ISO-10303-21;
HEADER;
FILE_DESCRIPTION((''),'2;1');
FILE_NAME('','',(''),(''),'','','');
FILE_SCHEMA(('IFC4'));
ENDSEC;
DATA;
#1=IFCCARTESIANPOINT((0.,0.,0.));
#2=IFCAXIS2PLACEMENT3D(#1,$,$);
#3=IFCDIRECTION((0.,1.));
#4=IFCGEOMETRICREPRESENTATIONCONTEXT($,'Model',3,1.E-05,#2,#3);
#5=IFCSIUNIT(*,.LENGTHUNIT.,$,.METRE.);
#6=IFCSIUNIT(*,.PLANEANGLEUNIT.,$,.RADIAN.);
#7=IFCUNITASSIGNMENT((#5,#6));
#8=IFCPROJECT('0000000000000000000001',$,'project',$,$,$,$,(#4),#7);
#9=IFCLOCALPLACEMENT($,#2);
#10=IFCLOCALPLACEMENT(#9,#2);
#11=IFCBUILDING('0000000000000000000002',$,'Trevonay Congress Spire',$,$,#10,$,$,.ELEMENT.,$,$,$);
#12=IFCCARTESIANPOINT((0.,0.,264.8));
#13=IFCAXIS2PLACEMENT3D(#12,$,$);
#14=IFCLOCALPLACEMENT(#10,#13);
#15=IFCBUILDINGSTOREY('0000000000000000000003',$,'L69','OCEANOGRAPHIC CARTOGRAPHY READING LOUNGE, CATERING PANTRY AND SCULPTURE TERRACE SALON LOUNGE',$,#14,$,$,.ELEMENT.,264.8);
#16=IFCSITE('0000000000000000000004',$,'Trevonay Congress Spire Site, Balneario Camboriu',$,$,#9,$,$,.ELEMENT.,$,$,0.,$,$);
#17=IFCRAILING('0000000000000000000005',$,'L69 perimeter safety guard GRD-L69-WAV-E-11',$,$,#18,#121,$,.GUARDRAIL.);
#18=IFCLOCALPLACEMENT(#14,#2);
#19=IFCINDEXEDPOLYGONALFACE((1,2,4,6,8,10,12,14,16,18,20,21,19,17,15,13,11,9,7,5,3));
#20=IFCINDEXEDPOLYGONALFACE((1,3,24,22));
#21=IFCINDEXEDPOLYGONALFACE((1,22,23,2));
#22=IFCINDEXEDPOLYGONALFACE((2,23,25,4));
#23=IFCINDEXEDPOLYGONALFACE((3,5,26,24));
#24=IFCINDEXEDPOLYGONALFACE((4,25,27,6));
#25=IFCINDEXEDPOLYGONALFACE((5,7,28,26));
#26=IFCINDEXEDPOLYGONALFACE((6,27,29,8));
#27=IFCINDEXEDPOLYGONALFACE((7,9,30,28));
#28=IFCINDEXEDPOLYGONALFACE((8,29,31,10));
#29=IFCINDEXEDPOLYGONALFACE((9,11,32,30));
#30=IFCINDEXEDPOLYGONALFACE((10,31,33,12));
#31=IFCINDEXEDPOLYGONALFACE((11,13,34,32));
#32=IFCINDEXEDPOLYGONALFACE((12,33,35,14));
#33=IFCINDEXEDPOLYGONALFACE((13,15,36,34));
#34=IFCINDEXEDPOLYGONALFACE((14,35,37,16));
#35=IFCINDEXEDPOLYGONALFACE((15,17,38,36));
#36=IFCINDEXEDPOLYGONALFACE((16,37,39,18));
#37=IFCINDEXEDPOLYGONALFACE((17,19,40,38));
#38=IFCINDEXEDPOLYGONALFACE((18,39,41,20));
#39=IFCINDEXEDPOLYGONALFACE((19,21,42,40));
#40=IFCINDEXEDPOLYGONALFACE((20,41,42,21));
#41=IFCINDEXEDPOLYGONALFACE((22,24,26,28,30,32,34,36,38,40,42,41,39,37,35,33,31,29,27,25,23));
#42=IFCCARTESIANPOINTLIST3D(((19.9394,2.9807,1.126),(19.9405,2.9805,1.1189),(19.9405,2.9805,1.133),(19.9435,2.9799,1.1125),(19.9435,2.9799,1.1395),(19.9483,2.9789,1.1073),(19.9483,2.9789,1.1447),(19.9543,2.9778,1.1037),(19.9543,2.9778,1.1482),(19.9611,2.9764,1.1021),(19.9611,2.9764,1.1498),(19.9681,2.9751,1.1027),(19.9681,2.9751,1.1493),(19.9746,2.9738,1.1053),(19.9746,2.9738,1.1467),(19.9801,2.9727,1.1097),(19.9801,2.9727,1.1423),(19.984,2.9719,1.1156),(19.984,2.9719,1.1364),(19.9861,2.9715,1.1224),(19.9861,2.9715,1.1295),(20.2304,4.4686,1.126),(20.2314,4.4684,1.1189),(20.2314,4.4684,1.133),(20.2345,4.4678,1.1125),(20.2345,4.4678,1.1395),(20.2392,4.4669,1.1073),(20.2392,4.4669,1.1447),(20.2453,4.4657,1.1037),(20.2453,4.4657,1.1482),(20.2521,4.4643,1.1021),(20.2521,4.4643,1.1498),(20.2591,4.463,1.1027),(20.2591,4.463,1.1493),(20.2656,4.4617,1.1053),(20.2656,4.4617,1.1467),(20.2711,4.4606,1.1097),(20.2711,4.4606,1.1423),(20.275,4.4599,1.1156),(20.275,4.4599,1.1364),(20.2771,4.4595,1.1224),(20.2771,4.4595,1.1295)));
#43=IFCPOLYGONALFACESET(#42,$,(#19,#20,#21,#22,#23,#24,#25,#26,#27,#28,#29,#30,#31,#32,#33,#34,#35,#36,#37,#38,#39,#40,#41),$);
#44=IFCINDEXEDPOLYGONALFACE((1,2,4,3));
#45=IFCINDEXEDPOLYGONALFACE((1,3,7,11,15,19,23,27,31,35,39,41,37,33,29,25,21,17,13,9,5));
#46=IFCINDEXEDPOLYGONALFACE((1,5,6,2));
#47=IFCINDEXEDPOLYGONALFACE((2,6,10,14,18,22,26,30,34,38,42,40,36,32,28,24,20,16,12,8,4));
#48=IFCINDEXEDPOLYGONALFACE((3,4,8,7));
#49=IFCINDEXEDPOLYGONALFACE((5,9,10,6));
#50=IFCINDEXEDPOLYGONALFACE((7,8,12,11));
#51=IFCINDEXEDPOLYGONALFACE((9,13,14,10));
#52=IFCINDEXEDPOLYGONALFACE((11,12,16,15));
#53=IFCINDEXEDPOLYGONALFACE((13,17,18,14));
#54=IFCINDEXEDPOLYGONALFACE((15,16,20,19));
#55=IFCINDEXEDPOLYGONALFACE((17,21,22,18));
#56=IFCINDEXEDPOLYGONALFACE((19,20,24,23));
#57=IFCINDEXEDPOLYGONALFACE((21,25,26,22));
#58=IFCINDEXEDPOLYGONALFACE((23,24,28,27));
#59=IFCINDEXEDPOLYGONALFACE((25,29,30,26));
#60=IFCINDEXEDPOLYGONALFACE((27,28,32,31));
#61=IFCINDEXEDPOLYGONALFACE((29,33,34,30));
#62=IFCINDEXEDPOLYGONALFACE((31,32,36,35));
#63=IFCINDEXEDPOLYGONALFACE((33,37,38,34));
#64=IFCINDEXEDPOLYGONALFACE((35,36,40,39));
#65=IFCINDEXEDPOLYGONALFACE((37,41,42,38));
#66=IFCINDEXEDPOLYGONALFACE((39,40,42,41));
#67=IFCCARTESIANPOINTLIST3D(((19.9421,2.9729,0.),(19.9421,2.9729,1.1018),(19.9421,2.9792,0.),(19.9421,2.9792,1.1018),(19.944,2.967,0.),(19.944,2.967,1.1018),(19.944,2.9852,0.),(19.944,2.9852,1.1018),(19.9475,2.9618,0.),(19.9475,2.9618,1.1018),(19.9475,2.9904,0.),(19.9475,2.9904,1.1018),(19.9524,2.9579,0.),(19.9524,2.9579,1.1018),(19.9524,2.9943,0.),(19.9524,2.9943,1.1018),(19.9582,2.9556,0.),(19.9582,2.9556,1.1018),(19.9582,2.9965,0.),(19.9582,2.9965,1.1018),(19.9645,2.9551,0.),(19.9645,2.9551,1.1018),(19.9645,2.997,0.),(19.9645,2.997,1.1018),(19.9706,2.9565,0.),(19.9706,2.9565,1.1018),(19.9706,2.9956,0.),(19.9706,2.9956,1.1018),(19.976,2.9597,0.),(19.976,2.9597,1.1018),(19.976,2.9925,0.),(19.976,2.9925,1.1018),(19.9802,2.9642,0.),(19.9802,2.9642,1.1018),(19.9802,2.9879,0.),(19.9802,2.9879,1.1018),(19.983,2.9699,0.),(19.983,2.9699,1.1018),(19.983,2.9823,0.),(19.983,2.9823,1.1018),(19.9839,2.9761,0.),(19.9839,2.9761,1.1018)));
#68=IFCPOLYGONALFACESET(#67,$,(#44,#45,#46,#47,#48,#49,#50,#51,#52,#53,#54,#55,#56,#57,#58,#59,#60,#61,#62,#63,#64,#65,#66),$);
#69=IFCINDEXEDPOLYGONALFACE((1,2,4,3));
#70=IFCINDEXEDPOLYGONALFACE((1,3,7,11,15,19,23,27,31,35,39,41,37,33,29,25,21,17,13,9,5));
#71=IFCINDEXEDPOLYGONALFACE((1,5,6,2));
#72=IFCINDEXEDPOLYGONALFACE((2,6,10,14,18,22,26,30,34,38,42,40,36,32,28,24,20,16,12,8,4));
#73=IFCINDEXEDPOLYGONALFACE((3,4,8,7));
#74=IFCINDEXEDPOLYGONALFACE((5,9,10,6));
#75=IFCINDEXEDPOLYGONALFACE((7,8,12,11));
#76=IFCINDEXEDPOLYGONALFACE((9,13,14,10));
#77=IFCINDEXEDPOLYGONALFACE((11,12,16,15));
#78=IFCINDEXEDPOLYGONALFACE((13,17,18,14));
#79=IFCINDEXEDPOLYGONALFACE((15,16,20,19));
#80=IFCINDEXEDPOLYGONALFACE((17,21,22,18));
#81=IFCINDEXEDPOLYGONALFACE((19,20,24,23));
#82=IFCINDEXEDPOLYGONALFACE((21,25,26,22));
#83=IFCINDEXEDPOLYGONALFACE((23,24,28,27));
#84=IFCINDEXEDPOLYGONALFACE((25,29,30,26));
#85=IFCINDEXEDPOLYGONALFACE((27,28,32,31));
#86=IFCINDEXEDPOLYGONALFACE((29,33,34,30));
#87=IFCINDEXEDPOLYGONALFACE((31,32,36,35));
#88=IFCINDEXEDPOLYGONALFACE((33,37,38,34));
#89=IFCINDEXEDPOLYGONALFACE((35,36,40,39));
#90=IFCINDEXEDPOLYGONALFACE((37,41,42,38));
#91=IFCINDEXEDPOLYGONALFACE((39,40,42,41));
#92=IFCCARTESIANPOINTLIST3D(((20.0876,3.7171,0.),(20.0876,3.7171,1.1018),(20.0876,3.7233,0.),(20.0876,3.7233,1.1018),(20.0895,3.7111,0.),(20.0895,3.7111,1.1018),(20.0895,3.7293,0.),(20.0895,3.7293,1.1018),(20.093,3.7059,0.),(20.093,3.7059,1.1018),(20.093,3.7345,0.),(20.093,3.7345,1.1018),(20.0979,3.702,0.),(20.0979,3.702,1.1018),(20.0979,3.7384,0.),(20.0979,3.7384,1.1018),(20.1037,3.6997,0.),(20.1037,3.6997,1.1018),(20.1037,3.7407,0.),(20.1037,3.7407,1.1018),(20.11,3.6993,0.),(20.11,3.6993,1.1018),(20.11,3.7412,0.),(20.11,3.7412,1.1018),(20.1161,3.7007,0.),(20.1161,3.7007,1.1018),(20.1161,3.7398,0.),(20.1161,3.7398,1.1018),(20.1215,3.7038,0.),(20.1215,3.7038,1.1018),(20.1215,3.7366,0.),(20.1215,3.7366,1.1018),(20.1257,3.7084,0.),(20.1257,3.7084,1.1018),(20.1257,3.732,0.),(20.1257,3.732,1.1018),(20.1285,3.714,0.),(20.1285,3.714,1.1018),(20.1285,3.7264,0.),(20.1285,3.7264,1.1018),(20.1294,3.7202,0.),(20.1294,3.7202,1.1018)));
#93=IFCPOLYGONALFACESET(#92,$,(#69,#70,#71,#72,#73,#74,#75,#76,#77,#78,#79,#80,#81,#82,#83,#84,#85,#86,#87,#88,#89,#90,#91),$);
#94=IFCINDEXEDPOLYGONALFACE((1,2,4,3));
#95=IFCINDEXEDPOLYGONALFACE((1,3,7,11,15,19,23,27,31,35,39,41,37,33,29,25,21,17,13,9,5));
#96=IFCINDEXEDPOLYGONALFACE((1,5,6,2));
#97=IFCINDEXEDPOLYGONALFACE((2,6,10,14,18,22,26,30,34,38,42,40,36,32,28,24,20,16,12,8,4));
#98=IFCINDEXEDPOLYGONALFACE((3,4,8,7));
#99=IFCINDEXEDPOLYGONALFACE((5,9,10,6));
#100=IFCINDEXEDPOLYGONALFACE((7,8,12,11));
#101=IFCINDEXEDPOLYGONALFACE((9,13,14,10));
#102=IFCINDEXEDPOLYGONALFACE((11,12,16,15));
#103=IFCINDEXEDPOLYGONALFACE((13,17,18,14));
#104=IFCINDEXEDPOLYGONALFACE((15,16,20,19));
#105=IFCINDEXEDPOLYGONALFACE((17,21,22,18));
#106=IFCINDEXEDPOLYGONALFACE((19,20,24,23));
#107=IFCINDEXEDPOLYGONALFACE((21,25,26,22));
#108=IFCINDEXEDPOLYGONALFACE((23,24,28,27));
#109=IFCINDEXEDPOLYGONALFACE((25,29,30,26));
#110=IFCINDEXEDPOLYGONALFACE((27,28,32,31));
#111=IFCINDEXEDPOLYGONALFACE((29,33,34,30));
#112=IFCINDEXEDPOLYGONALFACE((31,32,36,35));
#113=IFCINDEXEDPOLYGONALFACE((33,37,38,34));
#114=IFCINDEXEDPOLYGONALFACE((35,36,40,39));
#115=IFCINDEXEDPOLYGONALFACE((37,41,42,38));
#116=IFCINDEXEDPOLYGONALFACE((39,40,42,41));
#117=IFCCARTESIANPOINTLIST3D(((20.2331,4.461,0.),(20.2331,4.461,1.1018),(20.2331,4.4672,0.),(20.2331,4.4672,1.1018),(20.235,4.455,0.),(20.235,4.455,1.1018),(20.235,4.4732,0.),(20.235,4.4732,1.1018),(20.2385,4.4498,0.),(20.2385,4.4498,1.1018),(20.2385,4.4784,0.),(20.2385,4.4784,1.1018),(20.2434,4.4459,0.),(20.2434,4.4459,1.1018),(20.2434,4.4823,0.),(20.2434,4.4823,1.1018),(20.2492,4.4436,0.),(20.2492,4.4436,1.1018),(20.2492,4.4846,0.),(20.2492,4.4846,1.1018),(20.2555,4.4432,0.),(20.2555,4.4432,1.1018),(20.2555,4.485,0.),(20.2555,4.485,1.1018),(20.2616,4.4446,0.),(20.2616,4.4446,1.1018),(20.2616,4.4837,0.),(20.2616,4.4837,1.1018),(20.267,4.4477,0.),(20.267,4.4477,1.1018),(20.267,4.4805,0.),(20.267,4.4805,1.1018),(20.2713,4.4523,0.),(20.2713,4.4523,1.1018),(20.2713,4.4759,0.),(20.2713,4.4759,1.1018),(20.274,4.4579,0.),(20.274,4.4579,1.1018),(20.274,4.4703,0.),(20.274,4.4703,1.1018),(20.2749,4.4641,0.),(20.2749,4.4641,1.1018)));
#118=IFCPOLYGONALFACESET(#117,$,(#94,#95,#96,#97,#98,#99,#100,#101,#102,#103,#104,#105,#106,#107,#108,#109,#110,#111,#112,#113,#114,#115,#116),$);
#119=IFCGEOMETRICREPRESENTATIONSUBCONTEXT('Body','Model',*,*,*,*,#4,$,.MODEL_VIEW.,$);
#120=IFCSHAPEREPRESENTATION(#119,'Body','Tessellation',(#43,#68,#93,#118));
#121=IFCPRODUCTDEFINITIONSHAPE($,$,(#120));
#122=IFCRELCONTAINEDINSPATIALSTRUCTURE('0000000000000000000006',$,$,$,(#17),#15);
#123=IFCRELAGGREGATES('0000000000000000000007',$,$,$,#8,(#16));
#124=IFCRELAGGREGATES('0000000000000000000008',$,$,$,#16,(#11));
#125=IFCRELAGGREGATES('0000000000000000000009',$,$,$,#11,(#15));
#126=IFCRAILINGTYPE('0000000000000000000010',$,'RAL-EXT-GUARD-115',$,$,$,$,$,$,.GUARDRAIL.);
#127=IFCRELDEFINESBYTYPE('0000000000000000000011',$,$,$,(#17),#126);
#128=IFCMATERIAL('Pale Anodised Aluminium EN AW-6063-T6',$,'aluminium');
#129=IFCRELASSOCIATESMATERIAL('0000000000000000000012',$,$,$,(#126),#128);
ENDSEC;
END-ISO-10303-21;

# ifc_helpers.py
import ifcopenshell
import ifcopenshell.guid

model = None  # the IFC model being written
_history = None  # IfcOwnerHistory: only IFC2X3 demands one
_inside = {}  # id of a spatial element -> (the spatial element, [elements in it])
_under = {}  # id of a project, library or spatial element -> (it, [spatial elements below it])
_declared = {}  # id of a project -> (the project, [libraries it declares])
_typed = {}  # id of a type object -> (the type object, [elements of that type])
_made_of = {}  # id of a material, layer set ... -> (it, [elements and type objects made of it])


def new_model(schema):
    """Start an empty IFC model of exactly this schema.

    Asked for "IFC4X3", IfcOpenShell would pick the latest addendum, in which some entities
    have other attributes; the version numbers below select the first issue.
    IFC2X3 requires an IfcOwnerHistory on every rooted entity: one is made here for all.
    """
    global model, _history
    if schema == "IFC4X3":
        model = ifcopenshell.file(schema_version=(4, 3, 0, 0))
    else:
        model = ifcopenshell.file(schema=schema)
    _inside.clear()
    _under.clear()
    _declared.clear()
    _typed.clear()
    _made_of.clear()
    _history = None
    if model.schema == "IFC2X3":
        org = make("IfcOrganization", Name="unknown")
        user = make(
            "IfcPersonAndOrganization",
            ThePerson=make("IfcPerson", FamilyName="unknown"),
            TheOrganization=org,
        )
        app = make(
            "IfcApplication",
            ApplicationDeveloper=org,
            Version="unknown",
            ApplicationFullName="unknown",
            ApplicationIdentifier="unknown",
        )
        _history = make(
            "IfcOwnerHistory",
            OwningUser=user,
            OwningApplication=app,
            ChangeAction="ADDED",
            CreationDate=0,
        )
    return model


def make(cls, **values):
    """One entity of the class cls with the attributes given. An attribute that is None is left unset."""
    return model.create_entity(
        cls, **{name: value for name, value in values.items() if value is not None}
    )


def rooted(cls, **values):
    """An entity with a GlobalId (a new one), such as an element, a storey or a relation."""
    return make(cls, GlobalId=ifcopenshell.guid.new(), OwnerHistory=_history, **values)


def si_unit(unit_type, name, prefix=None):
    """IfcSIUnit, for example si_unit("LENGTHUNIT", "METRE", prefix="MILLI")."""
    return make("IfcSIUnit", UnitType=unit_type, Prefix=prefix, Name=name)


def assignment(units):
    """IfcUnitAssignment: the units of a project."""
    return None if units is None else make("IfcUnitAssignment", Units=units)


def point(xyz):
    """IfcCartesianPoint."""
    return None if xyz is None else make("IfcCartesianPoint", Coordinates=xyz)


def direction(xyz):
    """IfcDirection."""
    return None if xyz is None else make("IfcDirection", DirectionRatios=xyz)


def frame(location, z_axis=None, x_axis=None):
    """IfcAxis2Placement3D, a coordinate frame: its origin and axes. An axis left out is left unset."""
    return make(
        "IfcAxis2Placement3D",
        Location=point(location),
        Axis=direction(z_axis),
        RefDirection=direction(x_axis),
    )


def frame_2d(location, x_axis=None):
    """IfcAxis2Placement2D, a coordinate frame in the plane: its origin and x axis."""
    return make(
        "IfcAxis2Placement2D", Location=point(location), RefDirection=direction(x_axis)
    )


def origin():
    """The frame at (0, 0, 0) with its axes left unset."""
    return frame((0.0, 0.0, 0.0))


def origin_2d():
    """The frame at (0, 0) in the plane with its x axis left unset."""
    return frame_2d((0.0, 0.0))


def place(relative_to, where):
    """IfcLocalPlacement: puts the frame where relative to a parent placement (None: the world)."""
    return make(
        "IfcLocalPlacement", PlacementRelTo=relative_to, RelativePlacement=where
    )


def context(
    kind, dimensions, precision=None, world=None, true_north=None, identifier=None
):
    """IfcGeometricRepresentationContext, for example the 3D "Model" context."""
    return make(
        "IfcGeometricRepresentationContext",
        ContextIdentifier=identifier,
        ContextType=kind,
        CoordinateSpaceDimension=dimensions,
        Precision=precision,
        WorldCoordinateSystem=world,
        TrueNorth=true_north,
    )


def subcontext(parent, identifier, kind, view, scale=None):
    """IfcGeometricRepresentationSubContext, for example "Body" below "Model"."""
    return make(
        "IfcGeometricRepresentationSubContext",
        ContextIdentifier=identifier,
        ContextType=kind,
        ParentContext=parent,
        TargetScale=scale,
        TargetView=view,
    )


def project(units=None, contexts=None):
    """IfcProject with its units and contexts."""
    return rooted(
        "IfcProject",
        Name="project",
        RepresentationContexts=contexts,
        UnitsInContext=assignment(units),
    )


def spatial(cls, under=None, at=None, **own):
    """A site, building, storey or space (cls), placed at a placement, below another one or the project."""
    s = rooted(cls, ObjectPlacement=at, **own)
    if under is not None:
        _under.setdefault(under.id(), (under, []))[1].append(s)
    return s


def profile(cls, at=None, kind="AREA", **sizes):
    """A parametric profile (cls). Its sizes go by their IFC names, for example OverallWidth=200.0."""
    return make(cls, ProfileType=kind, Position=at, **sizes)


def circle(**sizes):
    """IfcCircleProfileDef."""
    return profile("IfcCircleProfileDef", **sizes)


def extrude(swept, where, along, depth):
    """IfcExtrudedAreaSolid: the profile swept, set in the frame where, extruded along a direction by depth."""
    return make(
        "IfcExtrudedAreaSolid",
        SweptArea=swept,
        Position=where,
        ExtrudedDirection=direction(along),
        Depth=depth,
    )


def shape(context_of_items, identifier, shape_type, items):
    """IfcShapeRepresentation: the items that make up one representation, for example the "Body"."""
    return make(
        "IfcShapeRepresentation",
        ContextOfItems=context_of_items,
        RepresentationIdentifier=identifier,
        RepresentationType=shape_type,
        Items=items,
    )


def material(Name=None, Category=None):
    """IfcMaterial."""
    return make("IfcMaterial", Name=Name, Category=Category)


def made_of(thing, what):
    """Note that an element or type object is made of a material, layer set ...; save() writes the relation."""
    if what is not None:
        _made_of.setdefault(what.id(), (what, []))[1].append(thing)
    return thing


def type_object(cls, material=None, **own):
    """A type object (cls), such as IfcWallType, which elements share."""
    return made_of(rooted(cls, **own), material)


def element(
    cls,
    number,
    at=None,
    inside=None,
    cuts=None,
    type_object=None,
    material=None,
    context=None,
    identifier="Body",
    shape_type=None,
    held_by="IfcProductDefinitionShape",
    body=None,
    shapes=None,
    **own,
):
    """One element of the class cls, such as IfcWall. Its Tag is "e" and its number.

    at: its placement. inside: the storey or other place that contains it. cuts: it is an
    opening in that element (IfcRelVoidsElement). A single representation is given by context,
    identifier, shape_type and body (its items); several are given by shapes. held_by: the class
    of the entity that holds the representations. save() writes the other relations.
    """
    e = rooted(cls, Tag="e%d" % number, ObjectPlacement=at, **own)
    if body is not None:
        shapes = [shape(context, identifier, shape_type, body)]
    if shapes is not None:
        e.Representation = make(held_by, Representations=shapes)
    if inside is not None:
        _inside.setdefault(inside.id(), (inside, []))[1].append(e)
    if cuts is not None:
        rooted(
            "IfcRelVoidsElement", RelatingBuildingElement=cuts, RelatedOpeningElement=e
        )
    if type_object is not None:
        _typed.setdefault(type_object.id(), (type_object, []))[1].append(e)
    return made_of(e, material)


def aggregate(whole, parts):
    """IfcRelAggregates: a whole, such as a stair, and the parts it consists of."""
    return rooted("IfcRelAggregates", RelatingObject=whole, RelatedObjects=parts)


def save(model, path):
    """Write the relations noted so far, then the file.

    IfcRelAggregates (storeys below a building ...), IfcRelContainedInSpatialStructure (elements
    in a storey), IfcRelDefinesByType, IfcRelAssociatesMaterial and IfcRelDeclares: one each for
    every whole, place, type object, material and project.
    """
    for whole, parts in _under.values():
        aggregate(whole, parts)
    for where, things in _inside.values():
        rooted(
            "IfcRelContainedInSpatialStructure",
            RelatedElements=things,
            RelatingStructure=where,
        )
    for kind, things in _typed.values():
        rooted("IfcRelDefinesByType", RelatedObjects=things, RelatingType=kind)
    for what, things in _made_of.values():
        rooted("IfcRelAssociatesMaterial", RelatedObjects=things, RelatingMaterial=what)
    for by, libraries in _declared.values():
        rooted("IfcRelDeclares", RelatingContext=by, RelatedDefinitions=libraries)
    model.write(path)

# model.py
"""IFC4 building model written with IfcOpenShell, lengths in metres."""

from ifc_helpers import new_model, si_unit, direction, frame, origin, origin_2d, place, context, subcontext, project, spatial, circle, extrude, material, type_object, element, save


model = new_model("IFC4")

# Units and contexts
model_context = context("Model", 3, precision=1e-05, world=origin(), true_north=direction((0.0, 1.0)))
body_context = subcontext(model_context, "Body", "Model", "MODEL_VIEW")
ifc_project = project(units=[si_unit("LENGTHUNIT", "METRE"), si_unit("PLANEANGLEUNIT", "RADIAN")], contexts=[model_context])

# Site, building, storey
site_placement = place(None, origin())
site = spatial("IfcSite", under=ifc_project, at=site_placement, Name="Trevonay Congress Spire Site, Balneario Camboriu", CompositionType="ELEMENT", RefElevation=0.0)
building_placement = place(site_placement, origin())
building = spatial("IfcBuilding", under=site, at=building_placement, Name="Trevonay Congress Spire", CompositionType="ELEMENT")
storey_placement = place(building_placement, frame((0.0, 0.0, 264.8)))
storey = spatial("IfcBuildingStorey", under=building, at=storey_placement, Name="L69", Description="OCEANOGRAPHIC CARTOGRAPHY READING LOUNGE, CATERING PANTRY AND SCULPTURE TERRACE SALON LOUNGE", CompositionType="ELEMENT", Elevation=264.8)

# Shared definitions
ifc_material_1 = material(Name="Pale Anodised Aluminium EN AW-6063-T6", Category="aluminium")

# Railing
railing_type = type_object("IfcRailingType", Name="RAL-EXT-GUARD-115", PredefinedType="GUARDRAIL", material=ifc_material_1)
railing_1_placement = place(storey_placement, frame((19.9629, 2.9761, 0.0)))
element("IfcRailing", 1, at=railing_1_placement, inside=storey, type_object=railing_type, Name="L69 perimeter safety guard GRD-L69-WAV-E-11", PredefinedType="GUARDRAIL", context=body_context, shape_type="SweptSolid", body=[
    extrude(circle(Radius=0.0239, at=origin_2d()), frame((0.0, 0.0, 1.126), z_axis=(0.191934, 0.981408, 0.0), x_axis=(-0.981408, 0.191934, 0.0)), (0.0, 0.0, 1.0), 1.5161),
    extrude(circle(Radius=0.021, at=origin_2d()), origin(), (0.0, 0.0, 1.0), 1.1018),
    extrude(circle(Radius=0.021, at=origin_2d()), frame((0.1455, 0.7441, 0.0)), (0.0, 0.0, 1.0), 1.1018),
    extrude(circle(Radius=0.021, at=origin_2d()), frame((0.291, 1.488, 0.0)), (0.0, 0.0, 1.0), 1.1018),
])

save(model, "model.ifc")
